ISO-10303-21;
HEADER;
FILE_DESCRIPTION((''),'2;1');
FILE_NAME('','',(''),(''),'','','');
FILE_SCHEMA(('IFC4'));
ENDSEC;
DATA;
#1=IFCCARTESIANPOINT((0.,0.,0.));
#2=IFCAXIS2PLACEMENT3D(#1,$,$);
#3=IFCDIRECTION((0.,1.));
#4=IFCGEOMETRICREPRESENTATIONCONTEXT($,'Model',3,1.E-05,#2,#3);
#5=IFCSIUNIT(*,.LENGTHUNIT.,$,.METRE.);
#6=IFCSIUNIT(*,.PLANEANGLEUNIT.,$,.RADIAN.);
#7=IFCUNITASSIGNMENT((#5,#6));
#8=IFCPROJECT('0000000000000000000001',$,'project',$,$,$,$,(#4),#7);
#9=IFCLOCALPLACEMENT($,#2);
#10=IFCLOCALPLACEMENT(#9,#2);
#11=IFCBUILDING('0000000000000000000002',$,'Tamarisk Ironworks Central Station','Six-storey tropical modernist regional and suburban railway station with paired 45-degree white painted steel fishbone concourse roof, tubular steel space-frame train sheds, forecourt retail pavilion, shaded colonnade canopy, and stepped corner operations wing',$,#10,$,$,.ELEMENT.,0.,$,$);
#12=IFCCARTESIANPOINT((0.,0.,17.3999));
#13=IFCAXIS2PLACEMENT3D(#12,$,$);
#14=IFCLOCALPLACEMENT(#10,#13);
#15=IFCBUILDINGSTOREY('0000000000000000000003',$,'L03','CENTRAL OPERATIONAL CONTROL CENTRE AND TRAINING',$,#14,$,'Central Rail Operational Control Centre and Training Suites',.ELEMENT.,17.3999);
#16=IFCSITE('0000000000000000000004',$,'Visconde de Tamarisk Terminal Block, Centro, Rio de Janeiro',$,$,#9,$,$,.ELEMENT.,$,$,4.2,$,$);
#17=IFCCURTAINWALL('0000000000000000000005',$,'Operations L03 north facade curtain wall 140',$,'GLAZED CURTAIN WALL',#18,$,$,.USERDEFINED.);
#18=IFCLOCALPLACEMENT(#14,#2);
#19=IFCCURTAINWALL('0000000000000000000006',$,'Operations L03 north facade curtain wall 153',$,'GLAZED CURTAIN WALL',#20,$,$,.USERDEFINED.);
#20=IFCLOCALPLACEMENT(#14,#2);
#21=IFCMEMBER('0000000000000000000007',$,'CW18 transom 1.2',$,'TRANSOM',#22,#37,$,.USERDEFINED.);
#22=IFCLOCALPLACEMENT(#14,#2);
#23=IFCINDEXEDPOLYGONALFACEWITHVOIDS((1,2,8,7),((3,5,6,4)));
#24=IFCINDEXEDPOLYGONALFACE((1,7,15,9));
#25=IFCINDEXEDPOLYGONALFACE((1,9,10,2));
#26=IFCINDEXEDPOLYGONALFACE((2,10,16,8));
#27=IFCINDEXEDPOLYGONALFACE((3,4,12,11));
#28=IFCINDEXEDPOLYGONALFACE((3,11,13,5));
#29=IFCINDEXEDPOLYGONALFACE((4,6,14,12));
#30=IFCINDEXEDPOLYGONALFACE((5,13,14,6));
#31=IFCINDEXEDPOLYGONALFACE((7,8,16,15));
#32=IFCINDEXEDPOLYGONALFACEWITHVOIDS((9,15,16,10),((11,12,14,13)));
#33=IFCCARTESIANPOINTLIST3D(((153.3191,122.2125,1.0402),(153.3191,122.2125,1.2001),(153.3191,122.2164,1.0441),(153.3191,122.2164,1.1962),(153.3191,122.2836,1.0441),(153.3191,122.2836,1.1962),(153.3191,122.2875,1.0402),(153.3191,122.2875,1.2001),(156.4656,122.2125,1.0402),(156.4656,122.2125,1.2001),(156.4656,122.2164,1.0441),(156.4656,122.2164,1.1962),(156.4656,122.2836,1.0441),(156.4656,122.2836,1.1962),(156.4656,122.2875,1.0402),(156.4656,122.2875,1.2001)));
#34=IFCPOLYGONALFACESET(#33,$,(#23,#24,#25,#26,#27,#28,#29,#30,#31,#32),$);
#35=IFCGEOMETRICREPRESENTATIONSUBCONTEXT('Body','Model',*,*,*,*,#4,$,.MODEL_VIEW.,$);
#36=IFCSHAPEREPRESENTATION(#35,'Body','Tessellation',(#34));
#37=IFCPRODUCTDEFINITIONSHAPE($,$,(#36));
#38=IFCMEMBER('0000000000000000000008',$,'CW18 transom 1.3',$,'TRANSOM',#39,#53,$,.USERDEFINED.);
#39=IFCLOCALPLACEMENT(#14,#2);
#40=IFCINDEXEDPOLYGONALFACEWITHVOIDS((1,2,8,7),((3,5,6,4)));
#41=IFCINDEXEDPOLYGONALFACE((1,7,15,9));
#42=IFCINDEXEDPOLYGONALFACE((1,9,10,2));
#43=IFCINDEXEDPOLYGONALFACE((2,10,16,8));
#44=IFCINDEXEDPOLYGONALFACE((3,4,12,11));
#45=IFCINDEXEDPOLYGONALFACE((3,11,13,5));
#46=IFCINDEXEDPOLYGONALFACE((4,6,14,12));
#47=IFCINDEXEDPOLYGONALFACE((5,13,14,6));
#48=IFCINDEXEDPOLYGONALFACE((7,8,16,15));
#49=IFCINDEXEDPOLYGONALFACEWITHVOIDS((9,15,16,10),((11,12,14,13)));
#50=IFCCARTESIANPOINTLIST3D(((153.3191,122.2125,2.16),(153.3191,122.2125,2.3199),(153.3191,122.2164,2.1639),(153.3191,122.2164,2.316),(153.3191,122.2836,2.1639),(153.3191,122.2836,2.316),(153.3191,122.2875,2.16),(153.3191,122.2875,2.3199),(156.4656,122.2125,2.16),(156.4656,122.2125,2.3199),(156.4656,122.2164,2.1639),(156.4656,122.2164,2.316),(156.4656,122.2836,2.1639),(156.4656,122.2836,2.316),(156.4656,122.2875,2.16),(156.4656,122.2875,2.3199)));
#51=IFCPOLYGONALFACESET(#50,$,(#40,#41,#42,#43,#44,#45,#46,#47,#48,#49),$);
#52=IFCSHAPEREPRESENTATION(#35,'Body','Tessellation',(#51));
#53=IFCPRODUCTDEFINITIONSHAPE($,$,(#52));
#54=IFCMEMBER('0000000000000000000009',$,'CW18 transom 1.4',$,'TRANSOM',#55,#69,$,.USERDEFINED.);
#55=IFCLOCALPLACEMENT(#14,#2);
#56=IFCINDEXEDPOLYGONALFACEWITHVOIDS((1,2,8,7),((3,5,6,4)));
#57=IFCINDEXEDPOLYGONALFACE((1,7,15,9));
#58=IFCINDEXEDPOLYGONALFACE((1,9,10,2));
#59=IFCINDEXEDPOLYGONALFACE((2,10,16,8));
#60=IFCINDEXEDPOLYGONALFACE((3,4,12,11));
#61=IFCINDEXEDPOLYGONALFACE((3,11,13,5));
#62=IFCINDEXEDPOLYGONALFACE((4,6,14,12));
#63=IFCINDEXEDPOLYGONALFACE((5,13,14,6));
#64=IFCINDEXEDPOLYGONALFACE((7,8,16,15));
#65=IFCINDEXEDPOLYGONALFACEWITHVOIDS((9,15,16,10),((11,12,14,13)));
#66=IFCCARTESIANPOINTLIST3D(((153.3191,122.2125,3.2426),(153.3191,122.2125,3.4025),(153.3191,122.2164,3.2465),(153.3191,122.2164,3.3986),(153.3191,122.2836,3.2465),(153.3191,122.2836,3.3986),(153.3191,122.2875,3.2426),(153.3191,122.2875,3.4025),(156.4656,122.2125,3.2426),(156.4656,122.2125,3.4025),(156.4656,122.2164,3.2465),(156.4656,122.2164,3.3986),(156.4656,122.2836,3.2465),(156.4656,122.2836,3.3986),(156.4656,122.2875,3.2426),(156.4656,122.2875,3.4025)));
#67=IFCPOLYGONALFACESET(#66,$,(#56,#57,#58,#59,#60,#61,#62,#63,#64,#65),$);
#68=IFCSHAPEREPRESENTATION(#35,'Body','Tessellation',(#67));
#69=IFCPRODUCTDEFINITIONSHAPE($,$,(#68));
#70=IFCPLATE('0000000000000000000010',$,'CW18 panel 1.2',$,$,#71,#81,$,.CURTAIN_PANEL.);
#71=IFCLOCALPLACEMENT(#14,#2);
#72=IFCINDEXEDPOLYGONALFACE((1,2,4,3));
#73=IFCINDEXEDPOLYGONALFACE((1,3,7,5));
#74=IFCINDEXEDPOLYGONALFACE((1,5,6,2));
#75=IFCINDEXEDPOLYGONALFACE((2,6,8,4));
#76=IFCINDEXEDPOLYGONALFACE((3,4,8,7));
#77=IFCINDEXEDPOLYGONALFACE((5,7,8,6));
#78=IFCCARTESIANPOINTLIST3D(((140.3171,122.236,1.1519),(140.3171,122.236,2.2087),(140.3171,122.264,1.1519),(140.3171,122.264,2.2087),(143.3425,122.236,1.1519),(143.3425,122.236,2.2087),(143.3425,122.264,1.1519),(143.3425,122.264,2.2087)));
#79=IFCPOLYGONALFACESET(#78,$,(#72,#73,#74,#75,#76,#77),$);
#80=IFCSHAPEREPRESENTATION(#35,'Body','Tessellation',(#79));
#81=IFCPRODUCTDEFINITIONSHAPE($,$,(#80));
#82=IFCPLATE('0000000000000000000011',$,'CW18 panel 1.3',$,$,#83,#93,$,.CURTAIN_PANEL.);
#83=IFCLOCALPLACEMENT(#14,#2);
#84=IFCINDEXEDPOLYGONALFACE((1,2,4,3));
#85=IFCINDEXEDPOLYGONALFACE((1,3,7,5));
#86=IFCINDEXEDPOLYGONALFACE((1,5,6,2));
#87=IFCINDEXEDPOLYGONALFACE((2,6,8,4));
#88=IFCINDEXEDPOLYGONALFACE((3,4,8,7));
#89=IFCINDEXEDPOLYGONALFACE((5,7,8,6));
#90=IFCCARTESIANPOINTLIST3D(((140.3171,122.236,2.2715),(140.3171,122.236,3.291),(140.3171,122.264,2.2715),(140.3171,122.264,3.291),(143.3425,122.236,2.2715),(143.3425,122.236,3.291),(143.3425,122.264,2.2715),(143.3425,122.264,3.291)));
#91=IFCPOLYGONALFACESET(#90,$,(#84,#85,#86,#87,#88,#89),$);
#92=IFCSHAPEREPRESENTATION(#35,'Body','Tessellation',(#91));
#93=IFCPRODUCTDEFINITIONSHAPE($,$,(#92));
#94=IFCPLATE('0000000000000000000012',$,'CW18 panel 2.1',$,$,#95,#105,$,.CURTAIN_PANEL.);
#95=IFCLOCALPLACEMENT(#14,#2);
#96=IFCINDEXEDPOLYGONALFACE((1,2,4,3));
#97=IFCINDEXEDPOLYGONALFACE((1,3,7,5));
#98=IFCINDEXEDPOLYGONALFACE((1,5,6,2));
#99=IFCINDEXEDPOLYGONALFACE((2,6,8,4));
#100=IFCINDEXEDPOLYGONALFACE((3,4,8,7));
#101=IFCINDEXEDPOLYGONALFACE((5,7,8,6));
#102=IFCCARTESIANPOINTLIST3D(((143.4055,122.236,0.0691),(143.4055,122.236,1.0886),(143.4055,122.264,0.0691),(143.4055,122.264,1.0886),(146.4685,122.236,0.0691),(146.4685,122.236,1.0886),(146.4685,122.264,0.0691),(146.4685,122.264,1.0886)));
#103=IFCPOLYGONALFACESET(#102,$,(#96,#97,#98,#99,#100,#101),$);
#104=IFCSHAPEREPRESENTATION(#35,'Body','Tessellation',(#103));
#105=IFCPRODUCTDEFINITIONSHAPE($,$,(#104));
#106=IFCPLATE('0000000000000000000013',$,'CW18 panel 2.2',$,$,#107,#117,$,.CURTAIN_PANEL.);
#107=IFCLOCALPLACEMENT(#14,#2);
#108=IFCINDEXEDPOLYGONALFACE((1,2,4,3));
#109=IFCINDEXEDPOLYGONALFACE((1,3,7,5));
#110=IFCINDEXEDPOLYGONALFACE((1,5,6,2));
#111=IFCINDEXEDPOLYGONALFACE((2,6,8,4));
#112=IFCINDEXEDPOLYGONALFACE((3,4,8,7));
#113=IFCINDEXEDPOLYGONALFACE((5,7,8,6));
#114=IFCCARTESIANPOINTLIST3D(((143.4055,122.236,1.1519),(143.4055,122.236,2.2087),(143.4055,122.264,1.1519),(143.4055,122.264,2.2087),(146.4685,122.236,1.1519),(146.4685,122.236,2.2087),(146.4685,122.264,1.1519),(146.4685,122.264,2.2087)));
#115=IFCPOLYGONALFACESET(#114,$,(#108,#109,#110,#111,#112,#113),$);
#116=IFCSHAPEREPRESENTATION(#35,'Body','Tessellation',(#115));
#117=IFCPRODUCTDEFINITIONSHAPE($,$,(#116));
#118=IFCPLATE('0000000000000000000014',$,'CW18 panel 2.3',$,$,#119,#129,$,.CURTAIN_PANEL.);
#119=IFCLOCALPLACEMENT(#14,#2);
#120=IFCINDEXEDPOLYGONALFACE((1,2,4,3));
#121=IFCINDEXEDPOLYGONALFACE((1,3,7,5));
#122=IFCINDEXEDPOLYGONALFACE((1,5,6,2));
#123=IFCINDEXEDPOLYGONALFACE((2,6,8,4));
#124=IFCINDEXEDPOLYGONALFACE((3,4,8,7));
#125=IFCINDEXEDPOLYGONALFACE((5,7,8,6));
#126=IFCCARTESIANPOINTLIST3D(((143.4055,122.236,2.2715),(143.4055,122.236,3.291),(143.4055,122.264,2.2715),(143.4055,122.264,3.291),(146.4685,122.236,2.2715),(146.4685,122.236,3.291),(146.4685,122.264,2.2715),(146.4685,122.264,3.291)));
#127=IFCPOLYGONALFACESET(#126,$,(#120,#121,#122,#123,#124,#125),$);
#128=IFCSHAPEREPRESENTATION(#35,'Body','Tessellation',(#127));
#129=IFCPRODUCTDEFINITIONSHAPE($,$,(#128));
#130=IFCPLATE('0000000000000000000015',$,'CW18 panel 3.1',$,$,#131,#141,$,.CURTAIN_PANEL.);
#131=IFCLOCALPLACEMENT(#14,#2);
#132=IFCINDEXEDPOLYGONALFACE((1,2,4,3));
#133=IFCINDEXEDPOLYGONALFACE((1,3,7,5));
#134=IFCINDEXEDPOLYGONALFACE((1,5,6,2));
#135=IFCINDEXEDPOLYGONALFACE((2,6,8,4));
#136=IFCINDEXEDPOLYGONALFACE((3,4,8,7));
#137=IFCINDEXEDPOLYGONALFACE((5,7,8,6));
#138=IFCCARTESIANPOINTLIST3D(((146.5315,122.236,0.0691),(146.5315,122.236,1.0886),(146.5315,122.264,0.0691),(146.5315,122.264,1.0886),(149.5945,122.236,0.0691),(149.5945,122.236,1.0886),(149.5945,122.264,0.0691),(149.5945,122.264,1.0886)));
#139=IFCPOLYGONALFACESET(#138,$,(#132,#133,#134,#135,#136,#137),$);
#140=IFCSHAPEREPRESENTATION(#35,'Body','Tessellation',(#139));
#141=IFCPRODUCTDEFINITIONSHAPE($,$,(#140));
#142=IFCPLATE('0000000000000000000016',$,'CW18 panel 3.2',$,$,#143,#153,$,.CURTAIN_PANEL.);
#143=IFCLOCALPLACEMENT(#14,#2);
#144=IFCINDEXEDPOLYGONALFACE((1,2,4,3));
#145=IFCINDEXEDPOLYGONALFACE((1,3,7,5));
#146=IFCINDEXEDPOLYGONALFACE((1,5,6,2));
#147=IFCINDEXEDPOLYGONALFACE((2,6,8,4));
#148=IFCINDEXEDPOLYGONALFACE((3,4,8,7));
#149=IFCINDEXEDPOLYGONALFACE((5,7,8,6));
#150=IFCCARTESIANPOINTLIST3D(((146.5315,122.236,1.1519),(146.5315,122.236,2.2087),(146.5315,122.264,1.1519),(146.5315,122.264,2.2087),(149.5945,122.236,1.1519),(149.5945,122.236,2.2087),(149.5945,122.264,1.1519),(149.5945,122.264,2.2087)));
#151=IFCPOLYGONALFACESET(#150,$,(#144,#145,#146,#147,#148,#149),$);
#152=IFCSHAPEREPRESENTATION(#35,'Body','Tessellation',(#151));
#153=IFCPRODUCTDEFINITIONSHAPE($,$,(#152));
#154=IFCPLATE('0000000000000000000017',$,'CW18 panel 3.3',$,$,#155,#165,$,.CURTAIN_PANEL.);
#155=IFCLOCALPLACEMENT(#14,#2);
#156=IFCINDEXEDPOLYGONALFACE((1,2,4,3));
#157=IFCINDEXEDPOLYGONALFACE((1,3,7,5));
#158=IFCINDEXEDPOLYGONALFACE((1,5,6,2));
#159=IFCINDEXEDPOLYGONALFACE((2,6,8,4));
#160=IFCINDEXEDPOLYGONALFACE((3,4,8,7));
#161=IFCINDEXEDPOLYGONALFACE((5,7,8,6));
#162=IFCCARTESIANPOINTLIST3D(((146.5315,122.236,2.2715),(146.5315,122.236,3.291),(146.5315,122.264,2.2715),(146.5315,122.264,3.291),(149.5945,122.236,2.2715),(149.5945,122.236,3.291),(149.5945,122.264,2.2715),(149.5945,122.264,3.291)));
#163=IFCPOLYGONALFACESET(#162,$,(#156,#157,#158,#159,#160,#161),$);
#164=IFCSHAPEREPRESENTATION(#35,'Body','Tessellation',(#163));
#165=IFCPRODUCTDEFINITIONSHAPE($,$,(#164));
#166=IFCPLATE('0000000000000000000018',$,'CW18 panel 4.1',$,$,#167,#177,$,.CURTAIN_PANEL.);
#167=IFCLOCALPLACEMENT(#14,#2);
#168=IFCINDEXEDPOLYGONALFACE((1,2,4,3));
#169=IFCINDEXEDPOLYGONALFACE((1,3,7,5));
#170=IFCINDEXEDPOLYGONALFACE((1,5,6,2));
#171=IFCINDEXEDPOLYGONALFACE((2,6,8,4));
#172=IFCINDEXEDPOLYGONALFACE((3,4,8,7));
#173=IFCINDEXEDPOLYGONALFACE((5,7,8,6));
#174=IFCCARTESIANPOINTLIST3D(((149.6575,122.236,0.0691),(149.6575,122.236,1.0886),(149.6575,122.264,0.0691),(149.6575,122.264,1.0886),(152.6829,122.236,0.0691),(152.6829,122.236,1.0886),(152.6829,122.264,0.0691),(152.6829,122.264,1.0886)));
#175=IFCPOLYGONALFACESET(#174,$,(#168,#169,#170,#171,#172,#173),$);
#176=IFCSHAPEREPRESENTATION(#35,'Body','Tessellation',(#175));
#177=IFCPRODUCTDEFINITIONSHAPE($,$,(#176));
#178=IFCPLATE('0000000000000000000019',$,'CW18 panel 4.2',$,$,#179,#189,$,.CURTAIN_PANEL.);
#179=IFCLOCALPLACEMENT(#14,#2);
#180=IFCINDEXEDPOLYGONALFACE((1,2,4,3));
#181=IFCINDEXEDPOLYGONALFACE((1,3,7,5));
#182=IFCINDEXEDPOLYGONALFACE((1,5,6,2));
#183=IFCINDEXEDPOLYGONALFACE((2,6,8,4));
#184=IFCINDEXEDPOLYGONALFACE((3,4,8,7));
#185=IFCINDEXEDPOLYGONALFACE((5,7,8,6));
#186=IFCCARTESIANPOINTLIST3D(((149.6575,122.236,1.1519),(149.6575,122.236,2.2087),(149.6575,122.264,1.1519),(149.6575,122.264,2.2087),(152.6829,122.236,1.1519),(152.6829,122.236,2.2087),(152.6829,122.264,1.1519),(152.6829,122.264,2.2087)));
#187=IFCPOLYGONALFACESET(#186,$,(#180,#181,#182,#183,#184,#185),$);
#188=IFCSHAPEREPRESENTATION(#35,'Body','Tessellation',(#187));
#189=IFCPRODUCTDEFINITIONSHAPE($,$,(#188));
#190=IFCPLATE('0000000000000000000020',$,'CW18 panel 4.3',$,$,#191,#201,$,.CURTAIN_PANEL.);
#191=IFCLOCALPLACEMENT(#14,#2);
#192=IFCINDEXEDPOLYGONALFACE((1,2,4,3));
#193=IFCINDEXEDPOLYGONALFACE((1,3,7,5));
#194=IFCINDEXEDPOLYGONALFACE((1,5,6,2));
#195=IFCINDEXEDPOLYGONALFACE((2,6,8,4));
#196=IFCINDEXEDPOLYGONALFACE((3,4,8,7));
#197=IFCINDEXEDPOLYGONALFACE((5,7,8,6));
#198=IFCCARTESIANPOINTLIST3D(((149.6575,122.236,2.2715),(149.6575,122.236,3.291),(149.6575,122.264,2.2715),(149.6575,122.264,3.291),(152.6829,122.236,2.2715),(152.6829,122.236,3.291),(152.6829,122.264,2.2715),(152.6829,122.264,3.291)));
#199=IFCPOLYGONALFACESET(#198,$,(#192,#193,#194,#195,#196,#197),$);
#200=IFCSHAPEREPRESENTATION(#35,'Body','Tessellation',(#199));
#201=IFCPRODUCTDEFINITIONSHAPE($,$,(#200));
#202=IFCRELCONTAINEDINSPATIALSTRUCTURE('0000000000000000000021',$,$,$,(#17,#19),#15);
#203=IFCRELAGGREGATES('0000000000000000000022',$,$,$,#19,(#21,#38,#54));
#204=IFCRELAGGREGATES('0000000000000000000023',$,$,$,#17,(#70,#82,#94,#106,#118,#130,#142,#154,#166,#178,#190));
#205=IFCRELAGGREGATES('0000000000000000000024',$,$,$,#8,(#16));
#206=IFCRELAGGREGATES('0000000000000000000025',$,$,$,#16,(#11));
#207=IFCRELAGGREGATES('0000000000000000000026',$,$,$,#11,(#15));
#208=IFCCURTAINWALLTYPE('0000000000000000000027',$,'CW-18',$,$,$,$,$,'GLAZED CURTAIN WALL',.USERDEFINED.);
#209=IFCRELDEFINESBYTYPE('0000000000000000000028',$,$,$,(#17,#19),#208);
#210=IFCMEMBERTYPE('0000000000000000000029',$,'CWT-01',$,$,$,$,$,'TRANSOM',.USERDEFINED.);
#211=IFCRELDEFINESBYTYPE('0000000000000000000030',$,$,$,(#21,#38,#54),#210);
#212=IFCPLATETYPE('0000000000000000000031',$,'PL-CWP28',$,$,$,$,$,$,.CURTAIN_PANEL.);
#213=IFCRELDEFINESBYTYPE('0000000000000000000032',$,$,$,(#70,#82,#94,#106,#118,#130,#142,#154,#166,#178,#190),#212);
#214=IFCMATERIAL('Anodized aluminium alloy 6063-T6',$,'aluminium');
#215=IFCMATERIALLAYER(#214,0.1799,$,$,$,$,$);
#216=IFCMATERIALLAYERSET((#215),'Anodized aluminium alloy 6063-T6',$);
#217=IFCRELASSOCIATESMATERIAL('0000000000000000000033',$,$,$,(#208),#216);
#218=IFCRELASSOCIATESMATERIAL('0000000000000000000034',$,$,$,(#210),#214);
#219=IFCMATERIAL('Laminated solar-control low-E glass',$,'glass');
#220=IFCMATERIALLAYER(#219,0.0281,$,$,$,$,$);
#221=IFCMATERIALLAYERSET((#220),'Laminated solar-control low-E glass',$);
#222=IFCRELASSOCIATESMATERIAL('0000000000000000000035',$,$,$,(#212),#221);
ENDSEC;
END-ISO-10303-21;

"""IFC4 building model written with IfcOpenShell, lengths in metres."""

from ifc_helpers import new_model, si_unit, direction, frame, origin, origin_2d, place, context, subcontext, project, spatial, rectangle, hollow_rectangle, extrude, material, layer, layer_set, material_profile, profile_set, type_object, element, aggregate, save


model = new_model("IFC4")

# Units and contexts
model_context = context("Model", 3, precision=1e-05, world=origin(), true_north=direction((0.0, 1.0)))
body_context = subcontext(model_context, "Body", "Model", "MODEL_VIEW")
ifc_project = project(units=[si_unit("LENGTHUNIT", "METRE"), si_unit("PLANEANGLEUNIT", "RADIAN")], contexts=[model_context])

# Site, building, storey
site_placement = place(None, origin())
site = spatial("IfcSite", under=ifc_project, at=site_placement, Name="Visconde de Tamarisk Terminal Block, Centro, Rio de Janeiro", CompositionType="ELEMENT", RefElevation=4.2)
building_placement = place(site_placement, origin())
building = spatial("IfcBuilding", under=site, at=building_placement, Name="Tamarisk Ironworks Central Station", Description="Six-storey tropical modernist regional and suburban railway station with paired 45-degree white painted steel fishbone concourse roof, tubular steel space-frame train sheds, forecourt retail pavilion, shaded colonnade canopy, and stepped corner operations wing", CompositionType="ELEMENT", ElevationOfRefHeight=0.0)
storey_placement = place(building_placement, frame((0.0, 0.0, 17.3999)))
storey = spatial("IfcBuildingStorey", under=building, at=storey_placement, Name="L03", Description="CENTRAL OPERATIONAL CONTROL CENTRE AND TRAINING", LongName="Central Rail Operational Control Centre and Training Suites", CompositionType="ELEMENT", Elevation=17.3999)

# Curtain wall
ifc_material_1 = material(Name="Anodized aluminium alloy 6063-T6", Category="aluminium")
ifc_layer_1 = layer(ifc_material_1, 0.1799)
ifc_layer_set_1 = layer_set([ifc_layer_1], Name="Anodized aluminium alloy 6063-T6")
curtain_wall_type = type_object("IfcCurtainWallType", Name="CW-18", ElementType="GLAZED CURTAIN WALL", PredefinedType="USERDEFINED", material=ifc_layer_set_1)
curtain_wall_1_placement = place(storey_placement, origin())
curtain_wall_1 = element("IfcCurtainWall", 1, at=curtain_wall_1_placement, inside=storey, type_object=curtain_wall_type, Name="Operations L03 north facade curtain wall 140", ObjectType="GLAZED CURTAIN WALL", PredefinedType="USERDEFINED")

# Curtain wall
curtain_wall_2_placement = place(storey_placement, origin())
curtain_wall_2 = element("IfcCurtainWall", 2, at=curtain_wall_2_placement, inside=storey, type_object=curtain_wall_type, Name="Operations L03 north facade curtain wall 153", ObjectType="GLAZED CURTAIN WALL", PredefinedType="USERDEFINED")

# Members
ifc_material_profile_1 = material_profile(ifc_material_1, hollow_rectangle(XDim=0.075, YDim=0.1599, WallThickness=0.0039, at=origin_2d()), Name="ALUM 160x75")
ifc_profile_set_1 = profile_set([ifc_material_profile_1], Name="Anodized aluminium alloy 6063-T6")
member_type_1 = type_object("IfcMemberType", Name="CWT-01", ElementType="TRANSOM", PredefinedType="USERDEFINED", material=ifc_profile_set_1)
member_1_placement = place(storey_placement, frame((153.3191, 122.25, 1.1201), z_axis=(1.0, 0.0, 0.0), x_axis=(0.0, 1.0, 0.0)))
member_1 = element("IfcMember", 3, at=member_1_placement, type_object=member_type_1, Name="CW18 transom 1.2", ObjectType="TRANSOM", PredefinedType="USERDEFINED", context=body_context, shape_type="SweptSolid", body=[
    extrude(hollow_rectangle(XDim=0.075, YDim=0.1599, WallThickness=0.0039, at=origin_2d()), origin(), (0.0, 0.0, 1.0), 3.1465),
])
member_2_placement = place(storey_placement, frame((153.3191, 122.25, 2.24), z_axis=(1.0, 0.0, 0.0), x_axis=(0.0, 1.0, 0.0)))
member_2 = element("IfcMember", 4, at=member_2_placement, type_object=member_type_1, Name="CW18 transom 1.3", ObjectType="TRANSOM", PredefinedType="USERDEFINED", context=body_context, shape_type="SweptSolid", body=[
    extrude(hollow_rectangle(XDim=0.075, YDim=0.1599, WallThickness=0.0039, at=origin_2d()), origin(), (0.0, 0.0, 1.0), 3.1465),
])
member_3_placement = place(storey_placement, frame((153.3191, 122.25, 3.3225), z_axis=(1.0, 0.0, 0.0), x_axis=(0.0, 1.0, 0.0)))
member_3 = element("IfcMember", 5, at=member_3_placement, type_object=member_type_1, Name="CW18 transom 1.4", ObjectType="TRANSOM", PredefinedType="USERDEFINED", context=body_context, shape_type="SweptSolid", body=[
    extrude(hollow_rectangle(XDim=0.075, YDim=0.1599, WallThickness=0.0039, at=origin_2d()), origin(), (0.0, 0.0, 1.0), 3.1465),
])
aggregate(curtain_wall_2, [member_1, member_2, member_3])

# Plates
ifc_material_2 = material(Name="Laminated solar-control low-E glass", Category="glass")
ifc_layer_2 = layer(ifc_material_2, 0.0281)
ifc_layer_set_2 = layer_set([ifc_layer_2], Name="Laminated solar-control low-E glass")
plate_type = type_object("IfcPlateType", Name="PL-CWP28", PredefinedType="CURTAIN_PANEL", material=ifc_layer_set_2)
plate_1_placement = place(storey_placement, frame((141.8298, 122.25, 1.1519), z_axis=(0.0, 0.0, 1.0), x_axis=(1.0, 0.0, 0.0)))
plate_1 = element("IfcPlate", 6, at=plate_1_placement, type_object=plate_type, Name="CW18 panel 1.2", PredefinedType="CURTAIN_PANEL", context=body_context, shape_type="SweptSolid", body=[
    extrude(rectangle(XDim=3.0254, YDim=0.0281, at=origin_2d()), origin(), (0.0, 0.0, 1.0), 1.0569),
])
plate_2_placement = place(storey_placement, frame((141.8298, 122.25, 2.2715), z_axis=(0.0, 0.0, 1.0), x_axis=(1.0, 0.0, 0.0)))
plate_2 = element("IfcPlate", 7, at=plate_2_placement, type_object=plate_type, Name="CW18 panel 1.3", PredefinedType="CURTAIN_PANEL", context=body_context, shape_type="SweptSolid", body=[
    extrude(rectangle(XDim=3.0254, YDim=0.0281, at=origin_2d()), origin(), (0.0, 0.0, 1.0), 1.0195),
])
plate_3_placement = place(storey_placement, frame((144.937, 122.25, 0.0691), z_axis=(0.0, 0.0, 1.0), x_axis=(1.0, 0.0, 0.0)))
plate_3 = element("IfcPlate", 8, at=plate_3_placement, type_object=plate_type, Name="CW18 panel 2.1", PredefinedType="CURTAIN_PANEL", context=body_context, shape_type="SweptSolid", body=[
    extrude(rectangle(XDim=3.063, YDim=0.0281, at=origin_2d()), origin(), (0.0, 0.0, 1.0), 1.0195),
])
plate_4_placement = place(storey_placement, frame((144.937, 122.25, 1.1519), z_axis=(0.0, 0.0, 1.0), x_axis=(1.0, 0.0, 0.0)))
plate_4 = element("IfcPlate", 9, at=plate_4_placement, type_object=plate_type, Name="CW18 panel 2.2", PredefinedType="CURTAIN_PANEL", context=body_context, shape_type="SweptSolid", body=[
    extrude(rectangle(XDim=3.063, YDim=0.0281, at=origin_2d()), origin(), (0.0, 0.0, 1.0), 1.0569),
])
plate_5_placement = place(storey_placement, frame((144.937, 122.25, 2.2715), z_axis=(0.0, 0.0, 1.0), x_axis=(1.0, 0.0, 0.0)))
plate_5 = element("IfcPlate", 10, at=plate_5_placement, type_object=plate_type, Name="CW18 panel 2.3", PredefinedType="CURTAIN_PANEL", context=body_context, shape_type="SweptSolid", body=[
    extrude(rectangle(XDim=3.063, YDim=0.0281, at=origin_2d()), origin(), (0.0, 0.0, 1.0), 1.0195),
])
plate_6_placement = place(storey_placement, frame((148.063, 122.25, 0.0691), z_axis=(0.0, 0.0, 1.0), x_axis=(1.0, 0.0, 0.0)))
plate_6 = element("IfcPlate", 11, at=plate_6_placement, type_object=plate_type, Name="CW18 panel 3.1", PredefinedType="CURTAIN_PANEL", context=body_context, shape_type="SweptSolid", body=[
    extrude(rectangle(XDim=3.063, YDim=0.0281, at=origin_2d()), origin(), (0.0, 0.0, 1.0), 1.0195),
])
plate_7_placement = place(storey_placement, frame((148.063, 122.25, 1.1519), z_axis=(0.0, 0.0, 1.0), x_axis=(1.0, 0.0, 0.0)))
plate_7 = element("IfcPlate", 12, at=plate_7_placement, type_object=plate_type, Name="CW18 panel 3.2", PredefinedType="CURTAIN_PANEL", context=body_context, shape_type="SweptSolid", body=[
    extrude(rectangle(XDim=3.063, YDim=0.0281, at=origin_2d()), origin(), (0.0, 0.0, 1.0), 1.0569),
])
plate_8_placement = place(storey_placement, frame((148.063, 122.25, 2.2715), z_axis=(0.0, 0.0, 1.0), x_axis=(1.0, 0.0, 0.0)))
plate_8 = element("IfcPlate", 13, at=plate_8_placement, type_object=plate_type, Name="CW18 panel 3.3", PredefinedType="CURTAIN_PANEL", context=body_context, shape_type="SweptSolid", body=[
    extrude(rectangle(XDim=3.063, YDim=0.0281, at=origin_2d()), origin(), (0.0, 0.0, 1.0), 1.0195),
])
plate_9_placement = place(storey_placement, frame((151.1702, 122.25, 0.0691), z_axis=(0.0, 0.0, 1.0), x_axis=(1.0, 0.0, 0.0)))
plate_9 = element("IfcPlate", 14, at=plate_9_placement, type_object=plate_type, Name="CW18 panel 4.1", PredefinedType="CURTAIN_PANEL", context=body_context, shape_type="SweptSolid", body=[
    extrude(rectangle(XDim=3.0254, YDim=0.0281, at=origin_2d()), origin(), (0.0, 0.0, 1.0), 1.0195),
])
plate_10_placement = place(storey_placement, frame((151.1702, 122.25, 1.1519), z_axis=(0.0, 0.0, 1.0), x_axis=(1.0, 0.0, 0.0)))
plate_10 = element("IfcPlate", 15, at=plate_10_placement, type_object=plate_type, Name="CW18 panel 4.2", PredefinedType="CURTAIN_PANEL", context=body_context, shape_type="SweptSolid", body=[
    extrude(rectangle(XDim=3.0254, YDim=0.0281, at=origin_2d()), origin(), (0.0, 0.0, 1.0), 1.0569),
])
plate_11_placement = place(storey_placement, frame((151.1702, 122.25, 2.2715), z_axis=(0.0, 0.0, 1.0), x_axis=(1.0, 0.0, 0.0)))
plate_11 = element("IfcPlate", 16, at=plate_11_placement, type_object=plate_type, Name="CW18 panel 4.3", PredefinedType="CURTAIN_PANEL", context=body_context, shape_type="SweptSolid", body=[
    extrude(rectangle(XDim=3.0254, YDim=0.0281, at=origin_2d()), origin(), (0.0, 0.0, 1.0), 1.0195),
])
aggregate(curtain_wall_1, [plate_1, plate_2, plate_3, plate_4, plate_5, plate_6, plate_7, plate_8, plate_9, plate_10, plate_11])

save(model, "model.ifc")
